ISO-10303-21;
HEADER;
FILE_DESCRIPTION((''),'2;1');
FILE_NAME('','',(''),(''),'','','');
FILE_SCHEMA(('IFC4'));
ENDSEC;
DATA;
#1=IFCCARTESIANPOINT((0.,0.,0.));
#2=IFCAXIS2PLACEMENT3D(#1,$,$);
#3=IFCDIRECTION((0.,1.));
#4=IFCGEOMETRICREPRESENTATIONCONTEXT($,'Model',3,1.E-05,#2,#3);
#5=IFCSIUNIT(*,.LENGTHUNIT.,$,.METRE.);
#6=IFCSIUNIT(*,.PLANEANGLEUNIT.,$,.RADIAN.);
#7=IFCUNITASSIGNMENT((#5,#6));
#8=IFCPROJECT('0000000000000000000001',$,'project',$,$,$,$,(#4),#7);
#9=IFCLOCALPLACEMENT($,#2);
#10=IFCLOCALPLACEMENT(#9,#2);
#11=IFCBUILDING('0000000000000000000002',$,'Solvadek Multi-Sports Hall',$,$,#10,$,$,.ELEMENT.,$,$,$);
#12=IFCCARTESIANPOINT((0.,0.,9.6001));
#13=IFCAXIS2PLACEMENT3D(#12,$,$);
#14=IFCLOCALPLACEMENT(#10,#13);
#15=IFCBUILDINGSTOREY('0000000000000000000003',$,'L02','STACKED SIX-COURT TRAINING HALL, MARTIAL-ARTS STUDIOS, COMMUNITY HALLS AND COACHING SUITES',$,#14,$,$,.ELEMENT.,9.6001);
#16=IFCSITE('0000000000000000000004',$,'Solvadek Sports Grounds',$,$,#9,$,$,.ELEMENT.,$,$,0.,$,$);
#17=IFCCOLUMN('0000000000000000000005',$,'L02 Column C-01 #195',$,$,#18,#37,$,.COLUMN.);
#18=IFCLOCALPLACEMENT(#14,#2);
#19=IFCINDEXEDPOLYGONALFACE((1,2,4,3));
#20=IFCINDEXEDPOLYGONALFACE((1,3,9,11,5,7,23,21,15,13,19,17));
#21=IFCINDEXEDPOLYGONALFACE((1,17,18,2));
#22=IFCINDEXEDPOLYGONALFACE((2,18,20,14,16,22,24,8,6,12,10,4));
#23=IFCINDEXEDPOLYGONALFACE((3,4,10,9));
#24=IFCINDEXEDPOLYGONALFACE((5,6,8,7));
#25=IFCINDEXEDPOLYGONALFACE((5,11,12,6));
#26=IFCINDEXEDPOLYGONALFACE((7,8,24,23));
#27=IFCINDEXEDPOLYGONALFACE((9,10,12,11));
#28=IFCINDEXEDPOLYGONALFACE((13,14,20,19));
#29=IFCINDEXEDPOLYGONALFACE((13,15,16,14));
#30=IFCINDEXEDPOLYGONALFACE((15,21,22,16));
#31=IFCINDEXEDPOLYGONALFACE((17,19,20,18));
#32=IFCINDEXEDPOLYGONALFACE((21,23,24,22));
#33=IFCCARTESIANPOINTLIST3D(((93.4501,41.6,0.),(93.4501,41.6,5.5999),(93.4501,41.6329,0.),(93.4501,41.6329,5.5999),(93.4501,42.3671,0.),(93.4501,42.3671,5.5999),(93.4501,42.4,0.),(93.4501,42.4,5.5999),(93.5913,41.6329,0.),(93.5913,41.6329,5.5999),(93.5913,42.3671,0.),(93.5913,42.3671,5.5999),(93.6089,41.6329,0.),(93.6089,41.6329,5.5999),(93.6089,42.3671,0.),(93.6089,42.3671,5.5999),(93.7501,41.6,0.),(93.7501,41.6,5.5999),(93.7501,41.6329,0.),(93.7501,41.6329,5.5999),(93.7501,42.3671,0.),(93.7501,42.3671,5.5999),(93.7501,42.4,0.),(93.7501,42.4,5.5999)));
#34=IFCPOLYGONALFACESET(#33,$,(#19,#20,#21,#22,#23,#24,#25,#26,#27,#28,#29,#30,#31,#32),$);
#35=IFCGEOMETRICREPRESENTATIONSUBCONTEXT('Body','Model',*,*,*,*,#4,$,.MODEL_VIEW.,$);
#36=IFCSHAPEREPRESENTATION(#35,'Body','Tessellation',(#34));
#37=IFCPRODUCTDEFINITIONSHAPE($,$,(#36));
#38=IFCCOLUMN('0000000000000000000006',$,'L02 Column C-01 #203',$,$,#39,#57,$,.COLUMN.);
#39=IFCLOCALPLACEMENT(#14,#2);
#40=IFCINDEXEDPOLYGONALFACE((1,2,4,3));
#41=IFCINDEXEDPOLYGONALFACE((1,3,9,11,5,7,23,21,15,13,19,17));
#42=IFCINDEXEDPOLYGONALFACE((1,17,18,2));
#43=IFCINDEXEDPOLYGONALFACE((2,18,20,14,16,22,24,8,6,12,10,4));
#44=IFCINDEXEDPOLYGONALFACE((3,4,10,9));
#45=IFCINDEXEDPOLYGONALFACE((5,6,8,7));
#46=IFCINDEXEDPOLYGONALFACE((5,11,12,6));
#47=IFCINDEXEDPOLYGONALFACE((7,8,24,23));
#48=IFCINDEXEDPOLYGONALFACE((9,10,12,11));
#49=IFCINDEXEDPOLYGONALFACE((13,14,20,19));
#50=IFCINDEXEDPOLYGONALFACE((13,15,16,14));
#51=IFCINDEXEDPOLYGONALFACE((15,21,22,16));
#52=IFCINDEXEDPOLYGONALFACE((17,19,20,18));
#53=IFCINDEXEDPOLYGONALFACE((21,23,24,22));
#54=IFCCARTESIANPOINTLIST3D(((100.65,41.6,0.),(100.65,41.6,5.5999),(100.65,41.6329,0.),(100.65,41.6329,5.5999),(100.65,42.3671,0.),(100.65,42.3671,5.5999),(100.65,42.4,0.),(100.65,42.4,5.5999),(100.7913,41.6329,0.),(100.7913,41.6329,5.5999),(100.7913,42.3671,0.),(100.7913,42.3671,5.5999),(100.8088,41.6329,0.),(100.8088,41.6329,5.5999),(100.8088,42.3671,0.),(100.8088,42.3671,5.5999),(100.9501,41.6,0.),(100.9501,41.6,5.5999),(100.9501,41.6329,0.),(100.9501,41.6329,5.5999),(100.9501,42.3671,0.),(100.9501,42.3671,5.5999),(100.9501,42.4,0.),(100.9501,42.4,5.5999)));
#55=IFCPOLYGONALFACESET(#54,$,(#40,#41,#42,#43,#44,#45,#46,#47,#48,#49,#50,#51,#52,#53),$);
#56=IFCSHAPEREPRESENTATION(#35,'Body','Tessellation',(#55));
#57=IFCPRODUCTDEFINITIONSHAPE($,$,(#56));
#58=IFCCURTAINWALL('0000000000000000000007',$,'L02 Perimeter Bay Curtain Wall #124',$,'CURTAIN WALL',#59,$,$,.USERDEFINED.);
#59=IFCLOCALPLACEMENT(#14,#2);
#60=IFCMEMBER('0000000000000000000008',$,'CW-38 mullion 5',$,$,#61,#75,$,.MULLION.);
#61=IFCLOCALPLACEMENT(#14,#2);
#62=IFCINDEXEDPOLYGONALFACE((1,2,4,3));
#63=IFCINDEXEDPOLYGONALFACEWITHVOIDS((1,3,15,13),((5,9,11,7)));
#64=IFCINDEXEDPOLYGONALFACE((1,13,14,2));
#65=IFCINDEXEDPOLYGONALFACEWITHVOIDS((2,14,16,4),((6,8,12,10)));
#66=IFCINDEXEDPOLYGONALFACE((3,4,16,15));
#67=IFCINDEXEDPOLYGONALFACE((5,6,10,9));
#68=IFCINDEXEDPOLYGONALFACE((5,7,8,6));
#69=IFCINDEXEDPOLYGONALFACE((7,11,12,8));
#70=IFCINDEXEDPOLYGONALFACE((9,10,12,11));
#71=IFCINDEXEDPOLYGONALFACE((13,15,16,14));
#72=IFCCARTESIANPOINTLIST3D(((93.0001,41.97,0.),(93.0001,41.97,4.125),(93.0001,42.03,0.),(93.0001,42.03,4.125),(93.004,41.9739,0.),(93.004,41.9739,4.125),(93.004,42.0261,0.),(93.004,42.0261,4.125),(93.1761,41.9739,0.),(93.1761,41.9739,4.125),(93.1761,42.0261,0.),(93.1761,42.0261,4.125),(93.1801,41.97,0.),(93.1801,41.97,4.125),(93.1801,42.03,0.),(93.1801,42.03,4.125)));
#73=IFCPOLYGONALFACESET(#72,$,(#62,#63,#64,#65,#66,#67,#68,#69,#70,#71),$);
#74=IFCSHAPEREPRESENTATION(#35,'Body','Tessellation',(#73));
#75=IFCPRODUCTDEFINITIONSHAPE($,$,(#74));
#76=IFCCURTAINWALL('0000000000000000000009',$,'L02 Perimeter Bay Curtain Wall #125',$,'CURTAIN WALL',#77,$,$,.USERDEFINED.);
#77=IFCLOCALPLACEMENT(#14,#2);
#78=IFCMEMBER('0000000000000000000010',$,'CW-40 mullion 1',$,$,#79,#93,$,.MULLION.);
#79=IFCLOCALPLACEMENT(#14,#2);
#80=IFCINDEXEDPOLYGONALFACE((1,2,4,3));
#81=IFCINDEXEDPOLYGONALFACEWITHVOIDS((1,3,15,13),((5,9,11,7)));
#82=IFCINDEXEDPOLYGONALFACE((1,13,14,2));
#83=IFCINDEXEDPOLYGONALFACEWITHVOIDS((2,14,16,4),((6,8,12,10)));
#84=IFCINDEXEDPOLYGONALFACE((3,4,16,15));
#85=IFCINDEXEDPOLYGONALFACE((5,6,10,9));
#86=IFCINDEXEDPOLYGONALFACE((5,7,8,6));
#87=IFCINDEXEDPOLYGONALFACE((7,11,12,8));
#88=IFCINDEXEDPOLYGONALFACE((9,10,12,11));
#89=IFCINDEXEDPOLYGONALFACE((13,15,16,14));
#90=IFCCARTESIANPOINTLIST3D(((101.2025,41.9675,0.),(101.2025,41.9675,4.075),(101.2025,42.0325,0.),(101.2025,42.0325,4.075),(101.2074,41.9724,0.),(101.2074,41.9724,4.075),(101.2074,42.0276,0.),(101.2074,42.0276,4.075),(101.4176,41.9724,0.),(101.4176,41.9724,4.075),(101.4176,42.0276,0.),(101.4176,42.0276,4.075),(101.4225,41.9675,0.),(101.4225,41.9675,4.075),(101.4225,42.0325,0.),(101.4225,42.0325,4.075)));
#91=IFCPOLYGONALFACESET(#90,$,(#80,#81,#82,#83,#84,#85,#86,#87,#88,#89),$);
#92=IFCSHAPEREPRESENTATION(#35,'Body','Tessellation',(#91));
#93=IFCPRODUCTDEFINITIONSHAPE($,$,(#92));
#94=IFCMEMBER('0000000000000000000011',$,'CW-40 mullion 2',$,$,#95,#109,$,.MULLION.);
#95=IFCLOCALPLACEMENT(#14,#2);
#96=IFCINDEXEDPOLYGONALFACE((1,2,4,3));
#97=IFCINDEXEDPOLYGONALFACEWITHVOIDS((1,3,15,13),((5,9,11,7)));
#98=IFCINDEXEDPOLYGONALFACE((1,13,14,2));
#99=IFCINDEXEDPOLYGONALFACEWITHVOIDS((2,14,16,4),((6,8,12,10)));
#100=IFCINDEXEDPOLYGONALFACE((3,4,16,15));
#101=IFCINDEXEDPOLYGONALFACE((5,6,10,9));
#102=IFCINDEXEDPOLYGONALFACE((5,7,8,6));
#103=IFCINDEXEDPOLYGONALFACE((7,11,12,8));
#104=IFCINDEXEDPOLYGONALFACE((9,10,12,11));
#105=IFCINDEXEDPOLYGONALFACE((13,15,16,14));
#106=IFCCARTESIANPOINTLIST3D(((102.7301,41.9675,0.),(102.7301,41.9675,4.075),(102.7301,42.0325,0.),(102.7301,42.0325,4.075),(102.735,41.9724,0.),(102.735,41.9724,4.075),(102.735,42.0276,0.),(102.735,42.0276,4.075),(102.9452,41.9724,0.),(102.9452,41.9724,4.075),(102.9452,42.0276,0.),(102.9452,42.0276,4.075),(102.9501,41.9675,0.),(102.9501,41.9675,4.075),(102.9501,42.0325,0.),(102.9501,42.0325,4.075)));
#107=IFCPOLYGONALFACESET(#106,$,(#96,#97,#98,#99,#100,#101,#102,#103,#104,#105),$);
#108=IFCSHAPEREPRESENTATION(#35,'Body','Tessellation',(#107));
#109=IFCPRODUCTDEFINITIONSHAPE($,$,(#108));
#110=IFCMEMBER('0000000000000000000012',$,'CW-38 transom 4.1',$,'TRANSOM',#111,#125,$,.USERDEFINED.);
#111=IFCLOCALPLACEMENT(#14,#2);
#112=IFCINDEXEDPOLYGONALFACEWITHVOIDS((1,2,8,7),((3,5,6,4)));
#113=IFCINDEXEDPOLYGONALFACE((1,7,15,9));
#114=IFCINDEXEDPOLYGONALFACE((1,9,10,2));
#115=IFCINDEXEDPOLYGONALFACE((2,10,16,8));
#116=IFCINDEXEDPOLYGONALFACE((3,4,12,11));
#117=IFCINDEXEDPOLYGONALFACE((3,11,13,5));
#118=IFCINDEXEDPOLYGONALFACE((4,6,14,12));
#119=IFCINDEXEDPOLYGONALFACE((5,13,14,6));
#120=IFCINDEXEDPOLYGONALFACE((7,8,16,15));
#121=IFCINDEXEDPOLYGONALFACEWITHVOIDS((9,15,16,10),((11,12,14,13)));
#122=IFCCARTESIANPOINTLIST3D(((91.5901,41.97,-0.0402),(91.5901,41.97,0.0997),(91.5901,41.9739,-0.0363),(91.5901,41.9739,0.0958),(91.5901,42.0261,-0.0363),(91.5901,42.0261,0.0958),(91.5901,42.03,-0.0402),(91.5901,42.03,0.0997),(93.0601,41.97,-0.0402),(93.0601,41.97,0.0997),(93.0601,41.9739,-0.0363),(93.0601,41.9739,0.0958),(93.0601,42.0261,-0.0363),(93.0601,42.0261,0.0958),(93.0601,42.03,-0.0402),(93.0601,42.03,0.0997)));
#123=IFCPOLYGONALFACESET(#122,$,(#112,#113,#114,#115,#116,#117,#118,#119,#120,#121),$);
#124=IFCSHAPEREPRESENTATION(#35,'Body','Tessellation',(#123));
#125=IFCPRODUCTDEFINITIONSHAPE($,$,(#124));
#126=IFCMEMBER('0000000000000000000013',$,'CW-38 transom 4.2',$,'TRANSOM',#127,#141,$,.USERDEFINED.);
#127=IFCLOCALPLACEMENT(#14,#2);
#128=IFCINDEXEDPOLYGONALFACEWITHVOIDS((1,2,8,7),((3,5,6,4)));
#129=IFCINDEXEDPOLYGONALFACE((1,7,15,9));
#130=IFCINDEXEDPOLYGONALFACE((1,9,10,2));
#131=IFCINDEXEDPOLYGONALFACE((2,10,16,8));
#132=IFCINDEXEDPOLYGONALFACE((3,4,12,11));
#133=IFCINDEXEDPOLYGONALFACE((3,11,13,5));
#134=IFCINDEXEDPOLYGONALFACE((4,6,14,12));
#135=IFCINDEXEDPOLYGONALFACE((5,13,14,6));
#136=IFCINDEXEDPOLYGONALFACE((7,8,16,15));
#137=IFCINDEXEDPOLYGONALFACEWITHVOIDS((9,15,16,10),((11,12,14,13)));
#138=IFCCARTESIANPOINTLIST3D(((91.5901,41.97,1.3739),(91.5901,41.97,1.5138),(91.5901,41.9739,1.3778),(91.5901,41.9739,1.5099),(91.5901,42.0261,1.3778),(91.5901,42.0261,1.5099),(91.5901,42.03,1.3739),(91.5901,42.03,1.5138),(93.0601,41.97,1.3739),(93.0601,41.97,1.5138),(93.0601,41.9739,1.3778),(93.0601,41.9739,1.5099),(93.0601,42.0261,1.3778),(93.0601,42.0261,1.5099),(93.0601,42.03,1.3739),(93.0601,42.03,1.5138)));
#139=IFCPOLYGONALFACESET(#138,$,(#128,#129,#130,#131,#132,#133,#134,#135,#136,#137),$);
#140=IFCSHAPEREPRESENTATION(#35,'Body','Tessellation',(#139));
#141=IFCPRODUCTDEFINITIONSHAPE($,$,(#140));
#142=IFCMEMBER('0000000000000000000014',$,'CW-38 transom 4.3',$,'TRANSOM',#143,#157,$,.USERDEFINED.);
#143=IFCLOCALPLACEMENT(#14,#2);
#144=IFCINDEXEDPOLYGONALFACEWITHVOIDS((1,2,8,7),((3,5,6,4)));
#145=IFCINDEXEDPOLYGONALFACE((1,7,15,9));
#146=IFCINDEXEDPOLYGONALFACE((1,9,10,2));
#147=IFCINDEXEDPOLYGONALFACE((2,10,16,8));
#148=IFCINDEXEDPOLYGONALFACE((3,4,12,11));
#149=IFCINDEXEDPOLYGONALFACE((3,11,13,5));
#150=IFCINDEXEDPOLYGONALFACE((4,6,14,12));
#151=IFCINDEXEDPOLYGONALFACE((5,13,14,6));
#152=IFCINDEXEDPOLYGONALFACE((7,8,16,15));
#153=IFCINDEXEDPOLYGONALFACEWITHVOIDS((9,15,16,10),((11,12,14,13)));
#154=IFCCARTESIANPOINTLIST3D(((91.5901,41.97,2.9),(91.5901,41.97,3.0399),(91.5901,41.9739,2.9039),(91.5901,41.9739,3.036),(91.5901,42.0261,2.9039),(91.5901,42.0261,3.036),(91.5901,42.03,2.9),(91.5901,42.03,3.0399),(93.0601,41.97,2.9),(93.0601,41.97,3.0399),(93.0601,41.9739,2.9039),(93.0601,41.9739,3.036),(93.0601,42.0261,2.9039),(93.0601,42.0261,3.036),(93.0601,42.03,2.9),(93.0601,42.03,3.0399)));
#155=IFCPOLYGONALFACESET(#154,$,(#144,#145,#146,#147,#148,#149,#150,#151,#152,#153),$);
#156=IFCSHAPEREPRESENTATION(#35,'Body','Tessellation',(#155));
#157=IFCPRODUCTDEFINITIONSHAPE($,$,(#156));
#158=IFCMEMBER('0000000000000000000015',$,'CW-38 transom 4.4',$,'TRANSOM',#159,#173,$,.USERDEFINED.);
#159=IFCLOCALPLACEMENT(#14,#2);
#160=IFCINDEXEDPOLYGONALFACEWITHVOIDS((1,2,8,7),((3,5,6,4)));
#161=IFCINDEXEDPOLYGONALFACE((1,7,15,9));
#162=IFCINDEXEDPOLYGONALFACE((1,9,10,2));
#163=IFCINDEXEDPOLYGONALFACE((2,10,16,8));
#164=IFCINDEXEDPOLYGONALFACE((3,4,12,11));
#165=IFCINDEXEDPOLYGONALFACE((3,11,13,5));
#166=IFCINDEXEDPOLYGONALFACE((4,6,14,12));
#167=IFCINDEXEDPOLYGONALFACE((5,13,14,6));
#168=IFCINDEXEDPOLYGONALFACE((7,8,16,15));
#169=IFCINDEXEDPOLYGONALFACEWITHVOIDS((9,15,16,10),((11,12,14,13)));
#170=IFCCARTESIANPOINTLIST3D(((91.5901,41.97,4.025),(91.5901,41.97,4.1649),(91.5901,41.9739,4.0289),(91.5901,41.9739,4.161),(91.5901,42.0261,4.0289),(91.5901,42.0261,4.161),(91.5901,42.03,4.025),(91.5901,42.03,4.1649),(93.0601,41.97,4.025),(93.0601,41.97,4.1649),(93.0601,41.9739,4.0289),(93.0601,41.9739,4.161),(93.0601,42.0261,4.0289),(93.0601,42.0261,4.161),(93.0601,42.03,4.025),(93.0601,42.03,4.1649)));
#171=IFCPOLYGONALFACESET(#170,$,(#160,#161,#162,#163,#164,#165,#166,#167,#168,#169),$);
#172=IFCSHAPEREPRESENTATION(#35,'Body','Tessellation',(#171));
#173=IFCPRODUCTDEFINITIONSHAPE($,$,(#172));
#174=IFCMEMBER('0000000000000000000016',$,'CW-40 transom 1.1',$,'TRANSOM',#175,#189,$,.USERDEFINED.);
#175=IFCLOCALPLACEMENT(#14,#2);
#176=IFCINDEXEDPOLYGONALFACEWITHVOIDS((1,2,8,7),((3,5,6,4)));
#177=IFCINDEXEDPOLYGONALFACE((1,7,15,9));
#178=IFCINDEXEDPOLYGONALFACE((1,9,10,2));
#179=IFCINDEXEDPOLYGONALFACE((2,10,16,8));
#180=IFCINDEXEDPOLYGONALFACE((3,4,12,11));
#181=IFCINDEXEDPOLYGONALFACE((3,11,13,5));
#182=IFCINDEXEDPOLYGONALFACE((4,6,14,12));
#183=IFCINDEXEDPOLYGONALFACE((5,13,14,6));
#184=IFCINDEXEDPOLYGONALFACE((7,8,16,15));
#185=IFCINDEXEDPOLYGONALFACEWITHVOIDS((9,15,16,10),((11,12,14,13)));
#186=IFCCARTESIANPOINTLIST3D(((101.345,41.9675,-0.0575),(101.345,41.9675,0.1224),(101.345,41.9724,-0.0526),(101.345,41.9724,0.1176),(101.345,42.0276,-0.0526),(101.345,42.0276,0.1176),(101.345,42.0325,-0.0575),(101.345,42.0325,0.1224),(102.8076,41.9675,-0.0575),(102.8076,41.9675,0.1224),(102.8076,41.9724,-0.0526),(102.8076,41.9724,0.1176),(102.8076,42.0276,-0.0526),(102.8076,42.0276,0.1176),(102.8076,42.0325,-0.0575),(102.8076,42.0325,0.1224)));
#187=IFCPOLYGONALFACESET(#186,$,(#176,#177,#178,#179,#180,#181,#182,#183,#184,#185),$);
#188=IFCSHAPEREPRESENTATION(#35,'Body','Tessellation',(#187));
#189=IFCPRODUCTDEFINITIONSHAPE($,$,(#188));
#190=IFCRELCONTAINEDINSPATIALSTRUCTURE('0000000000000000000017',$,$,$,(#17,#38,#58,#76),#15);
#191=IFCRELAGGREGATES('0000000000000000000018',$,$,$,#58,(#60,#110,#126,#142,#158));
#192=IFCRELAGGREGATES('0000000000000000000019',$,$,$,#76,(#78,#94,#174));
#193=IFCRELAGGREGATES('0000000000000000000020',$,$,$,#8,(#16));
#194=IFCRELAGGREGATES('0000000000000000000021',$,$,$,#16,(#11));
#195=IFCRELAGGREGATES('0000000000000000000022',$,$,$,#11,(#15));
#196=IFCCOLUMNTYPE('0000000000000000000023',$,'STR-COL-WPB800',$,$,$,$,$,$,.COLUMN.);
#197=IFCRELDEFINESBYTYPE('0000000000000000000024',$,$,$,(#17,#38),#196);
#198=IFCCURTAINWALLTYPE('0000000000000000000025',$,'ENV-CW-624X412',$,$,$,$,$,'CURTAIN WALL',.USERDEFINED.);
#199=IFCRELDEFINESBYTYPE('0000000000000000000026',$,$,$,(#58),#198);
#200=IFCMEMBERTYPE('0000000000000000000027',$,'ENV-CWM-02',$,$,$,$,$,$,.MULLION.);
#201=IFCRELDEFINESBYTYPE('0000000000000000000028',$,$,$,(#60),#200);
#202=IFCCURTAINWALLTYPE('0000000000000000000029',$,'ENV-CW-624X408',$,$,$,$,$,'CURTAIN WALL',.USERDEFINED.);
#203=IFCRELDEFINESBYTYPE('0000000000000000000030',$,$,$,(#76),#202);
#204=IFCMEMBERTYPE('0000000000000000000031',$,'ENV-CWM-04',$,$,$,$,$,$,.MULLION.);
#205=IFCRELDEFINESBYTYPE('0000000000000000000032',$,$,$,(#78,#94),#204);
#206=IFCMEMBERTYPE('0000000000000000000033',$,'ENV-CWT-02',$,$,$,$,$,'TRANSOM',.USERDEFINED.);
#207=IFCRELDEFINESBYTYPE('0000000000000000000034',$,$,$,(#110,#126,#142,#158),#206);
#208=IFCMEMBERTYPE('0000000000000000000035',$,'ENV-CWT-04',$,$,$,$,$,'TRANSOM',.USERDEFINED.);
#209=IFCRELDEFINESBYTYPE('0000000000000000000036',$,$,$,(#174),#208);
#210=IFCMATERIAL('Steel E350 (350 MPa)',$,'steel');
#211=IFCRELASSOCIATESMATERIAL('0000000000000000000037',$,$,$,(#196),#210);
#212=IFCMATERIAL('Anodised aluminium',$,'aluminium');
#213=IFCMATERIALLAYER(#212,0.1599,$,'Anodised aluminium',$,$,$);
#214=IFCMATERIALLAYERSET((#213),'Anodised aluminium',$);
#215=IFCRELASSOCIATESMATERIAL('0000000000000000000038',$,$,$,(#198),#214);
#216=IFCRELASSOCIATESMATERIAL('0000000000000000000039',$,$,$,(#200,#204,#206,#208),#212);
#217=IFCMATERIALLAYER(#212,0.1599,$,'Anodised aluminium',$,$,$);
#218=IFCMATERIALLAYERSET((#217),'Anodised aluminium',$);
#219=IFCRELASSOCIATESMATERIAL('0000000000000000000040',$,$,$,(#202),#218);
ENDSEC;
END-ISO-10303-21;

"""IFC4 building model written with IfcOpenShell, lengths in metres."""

from ifc_helpers import new_model, si_unit, direction, frame, origin, origin_2d, place, context, subcontext, project, spatial, hollow_rectangle, i_section, extrude, material, layer, layer_set, material_profile, profile_set, type_object, element, aggregate, save


model = new_model("IFC4")

# Units and contexts
model_context = context("Model", 3, precision=1e-05, world=origin(), true_north=direction((0.0, 1.0)))
body_context = subcontext(model_context, "Body", "Model", "MODEL_VIEW")
ifc_project = project(units=[si_unit("LENGTHUNIT", "METRE"), si_unit("PLANEANGLEUNIT", "RADIAN")], contexts=[model_context])

# Site, building, storey
site_placement = place(None, origin())
site = spatial("IfcSite", under=ifc_project, at=site_placement, Name="Solvadek Sports Grounds", CompositionType="ELEMENT", RefElevation=0.0)
building_placement = place(site_placement, origin())
building = spatial("IfcBuilding", under=site, at=building_placement, Name="Solvadek Multi-Sports Hall", CompositionType="ELEMENT")
storey_placement = place(building_placement, frame((0.0, 0.0, 9.6001)))
storey = spatial("IfcBuildingStorey", under=building, at=storey_placement, Name="L02", Description="STACKED SIX-COURT TRAINING HALL, MARTIAL-ARTS STUDIOS, COMMUNITY HALLS AND COACHING SUITES", CompositionType="ELEMENT", Elevation=9.6001)

# Columns
ifc_material_1 = material(Name="Steel E350 (350 MPa)", Category="steel")
ifc_material_profile_1 = material_profile(ifc_material_1, i_section(OverallWidth=0.3, OverallDepth=0.8, WebThickness=0.0176, FlangeThickness=0.033, at=origin_2d()), Name="WPB 800")
ifc_profile_set_1 = profile_set([ifc_material_profile_1], Name="Steel E350 (350 MPa)")
column_type = type_object("IfcColumnType", Name="STR-COL-WPB800", PredefinedType="COLUMN", material=ifc_profile_set_1)
for number, where, z_axis, x_axis, name in (
    (1, (93.6001, 42.0, 0.0), (0.0, 0.0, 1.0), (1.0, 0.0, 0.0), "L02 Column C-01 #195"),
    (2, (100.8, 42.0, 0.0), (0.0, 0.0, 1.0), (1.0, 0.0, 0.0), "L02 Column C-01 #203"),
):
    element("IfcColumn", number, at=place(storey_placement, frame(where, z_axis=z_axis, x_axis=x_axis)), inside=storey, type_object=column_type, Name=name, PredefinedType="COLUMN", context=body_context, shape_type="SweptSolid", body=[
        extrude(i_section(OverallWidth=0.3, OverallDepth=0.8, WebThickness=0.0176, FlangeThickness=0.033, at=origin_2d()), origin(), (0.0, 0.0, 1.0), 5.5999),
    ])

# Curtain wall, member
ifc_material_2 = material(Name="Anodised aluminium", Category="aluminium")
ifc_layer_1 = layer(ifc_material_2, 0.1599, Name="Anodised aluminium")
ifc_layer_set_1 = layer_set([ifc_layer_1], Name="Anodised aluminium")
curtain_wall_type_1 = type_object("IfcCurtainWallType", Name="ENV-CW-624X412", ElementType="CURTAIN WALL", PredefinedType="USERDEFINED", material=ifc_layer_set_1)
curtain_wall_1_placement = place(storey_placement, origin())
curtain_wall_1 = element("IfcCurtainWall", 3, at=curtain_wall_1_placement, inside=storey, type_object=curtain_wall_type_1, Name="L02 Perimeter Bay Curtain Wall #124", ObjectType="CURTAIN WALL", PredefinedType="USERDEFINED")
ifc_material_profile_2 = material_profile(ifc_material_2, hollow_rectangle(XDim=0.0601, YDim=0.1799, WallThickness=0.0039, at=origin_2d()), Name="ALU-M 180x60x4")
ifc_profile_set_2 = profile_set([ifc_material_profile_2], Name="Anodised aluminium")
member_type_1 = type_object("IfcMemberType", Name="ENV-CWM-02", PredefinedType="MULLION", material=ifc_profile_set_2)
member_1_placement = place(storey_placement, frame((93.0901, 42.0, 0.0), z_axis=(0.0, 0.0, 1.0), x_axis=(0.0, 1.0, 0.0)))
member_1 = element("IfcMember", 4, at=member_1_placement, type_object=member_type_1, Name="CW-38 mullion 5", PredefinedType="MULLION", context=body_context, shape_type="SweptSolid", body=[
    extrude(hollow_rectangle(XDim=0.0601, YDim=0.1799, WallThickness=0.0039, at=origin_2d()), origin(), (0.0, 0.0, 1.0), 4.125),
])

# Curtain wall, members
ifc_layer_2 = layer(ifc_material_2, 0.1599, Name="Anodised aluminium")
ifc_layer_set_2 = layer_set([ifc_layer_2], Name="Anodised aluminium")
curtain_wall_type_2 = type_object("IfcCurtainWallType", Name="ENV-CW-624X408", ElementType="CURTAIN WALL", PredefinedType="USERDEFINED", material=ifc_layer_set_2)
curtain_wall_2_placement = place(storey_placement, origin())
curtain_wall_2 = element("IfcCurtainWall", 5, at=curtain_wall_2_placement, inside=storey, type_object=curtain_wall_type_2, Name="L02 Perimeter Bay Curtain Wall #125", ObjectType="CURTAIN WALL", PredefinedType="USERDEFINED")
ifc_material_profile_3 = material_profile(ifc_material_2, hollow_rectangle(XDim=0.0649, YDim=0.22, WallThickness=0.0049, at=origin_2d()), Name="ALU-M 220x65x5")
ifc_profile_set_3 = profile_set([ifc_material_profile_3], Name="Anodised aluminium")
member_type_2 = type_object("IfcMemberType", Name="ENV-CWM-04", PredefinedType="MULLION", material=ifc_profile_set_3)
member_2_placement = place(storey_placement, frame((101.3125, 42.0, 0.0), z_axis=(0.0, 0.0, 1.0), x_axis=(0.0, 1.0, 0.0)))
member_2 = element("IfcMember", 6, at=member_2_placement, type_object=member_type_2, Name="CW-40 mullion 1", PredefinedType="MULLION", context=body_context, shape_type="SweptSolid", body=[
    extrude(hollow_rectangle(XDim=0.0649, YDim=0.22, WallThickness=0.0049, at=origin_2d()), origin(), (0.0, 0.0, 1.0), 4.075),
])
member_3_placement = place(storey_placement, frame((102.8401, 42.0, 0.0), z_axis=(0.0, 0.0, 1.0), x_axis=(0.0, 1.0, 0.0)))
member_3 = element("IfcMember", 7, at=member_3_placement, type_object=member_type_2, Name="CW-40 mullion 2", PredefinedType="MULLION", context=body_context, shape_type="SweptSolid", body=[
    extrude(hollow_rectangle(XDim=0.0649, YDim=0.22, WallThickness=0.0049, at=origin_2d()), origin(), (0.0, 0.0, 1.0), 4.075),
])

# Members
ifc_material_profile_4 = material_profile(ifc_material_2, hollow_rectangle(XDim=0.0601, YDim=0.1399, WallThickness=0.0039, at=origin_2d()), Name="ALU-T 140x60x4")
ifc_profile_set_4 = profile_set([ifc_material_profile_4], Name="Anodised aluminium")
member_type_3 = type_object("IfcMemberType", Name="ENV-CWT-02", ElementType="TRANSOM", PredefinedType="USERDEFINED", material=ifc_profile_set_4)
member_4_placement = place(storey_placement, frame((91.5901, 42.0, 0.0298), z_axis=(1.0, 0.0, 0.0), x_axis=(0.0, 1.0, 0.0)))
member_4 = element("IfcMember", 8, at=member_4_placement, type_object=member_type_3, Name="CW-38 transom 4.1", ObjectType="TRANSOM", PredefinedType="USERDEFINED", context=body_context, shape_type="SweptSolid", body=[
    extrude(hollow_rectangle(XDim=0.0601, YDim=0.1399, WallThickness=0.0039, at=origin_2d()), origin(), (0.0, 0.0, 1.0), 1.47),
])
member_5_placement = place(storey_placement, frame((91.5901, 42.0, 1.4438), z_axis=(1.0, 0.0, 0.0), x_axis=(0.0, 1.0, 0.0)))
member_5 = element("IfcMember", 9, at=member_5_placement, type_object=member_type_3, Name="CW-38 transom 4.2", ObjectType="TRANSOM", PredefinedType="USERDEFINED", context=body_context, shape_type="SweptSolid", body=[
    extrude(hollow_rectangle(XDim=0.0601, YDim=0.1399, WallThickness=0.0039, at=origin_2d()), origin(), (0.0, 0.0, 1.0), 1.47),
])
member_6_placement = place(storey_placement, frame((91.5901, 42.0, 2.97), z_axis=(1.0, 0.0, 0.0), x_axis=(0.0, 1.0, 0.0)))
member_6 = element("IfcMember", 10, at=member_6_placement, type_object=member_type_3, Name="CW-38 transom 4.3", ObjectType="TRANSOM", PredefinedType="USERDEFINED", context=body_context, shape_type="SweptSolid", body=[
    extrude(hollow_rectangle(XDim=0.0601, YDim=0.1399, WallThickness=0.0039, at=origin_2d()), origin(), (0.0, 0.0, 1.0), 1.47),
])
member_7_placement = place(storey_placement, frame((91.5901, 42.0, 4.095), z_axis=(1.0, 0.0, 0.0), x_axis=(0.0, 1.0, 0.0)))
member_7 = element("IfcMember", 11, at=member_7_placement, type_object=member_type_3, Name="CW-38 transom 4.4", ObjectType="TRANSOM", PredefinedType="USERDEFINED", context=body_context, shape_type="SweptSolid", body=[
    extrude(hollow_rectangle(XDim=0.0601, YDim=0.1399, WallThickness=0.0039, at=origin_2d()), origin(), (0.0, 0.0, 1.0), 1.47),
])
ifc_material_profile_5 = material_profile(ifc_material_2, hollow_rectangle(XDim=0.0649, YDim=0.1799, WallThickness=0.0049, at=origin_2d()), Name="ALU-T 180x65x5")
ifc_profile_set_5 = profile_set([ifc_material_profile_5], Name="Anodised aluminium")
member_type_4 = type_object("IfcMemberType", Name="ENV-CWT-04", ElementType="TRANSOM", PredefinedType="USERDEFINED", material=ifc_profile_set_5)
member_8_placement = place(storey_placement, frame((101.345, 42.0, 0.0325), z_axis=(1.0, 0.0, 0.0), x_axis=(0.0, 1.0, 0.0)))
member_8 = element("IfcMember", 12, at=member_8_placement, type_object=member_type_4, Name="CW-40 transom 1.1", ObjectType="TRANSOM", PredefinedType="USERDEFINED", context=body_context, shape_type="SweptSolid", body=[
    extrude(hollow_rectangle(XDim=0.0649, YDim=0.1799, WallThickness=0.0049, at=origin_2d()), origin(), (0.0, 0.0, 1.0), 1.4626),
])

aggregate(curtain_wall_1, [member_1, member_4, member_5, member_6, member_7])
aggregate(curtain_wall_2, [member_2, member_3, member_8])

save(model, "model.ifc")
